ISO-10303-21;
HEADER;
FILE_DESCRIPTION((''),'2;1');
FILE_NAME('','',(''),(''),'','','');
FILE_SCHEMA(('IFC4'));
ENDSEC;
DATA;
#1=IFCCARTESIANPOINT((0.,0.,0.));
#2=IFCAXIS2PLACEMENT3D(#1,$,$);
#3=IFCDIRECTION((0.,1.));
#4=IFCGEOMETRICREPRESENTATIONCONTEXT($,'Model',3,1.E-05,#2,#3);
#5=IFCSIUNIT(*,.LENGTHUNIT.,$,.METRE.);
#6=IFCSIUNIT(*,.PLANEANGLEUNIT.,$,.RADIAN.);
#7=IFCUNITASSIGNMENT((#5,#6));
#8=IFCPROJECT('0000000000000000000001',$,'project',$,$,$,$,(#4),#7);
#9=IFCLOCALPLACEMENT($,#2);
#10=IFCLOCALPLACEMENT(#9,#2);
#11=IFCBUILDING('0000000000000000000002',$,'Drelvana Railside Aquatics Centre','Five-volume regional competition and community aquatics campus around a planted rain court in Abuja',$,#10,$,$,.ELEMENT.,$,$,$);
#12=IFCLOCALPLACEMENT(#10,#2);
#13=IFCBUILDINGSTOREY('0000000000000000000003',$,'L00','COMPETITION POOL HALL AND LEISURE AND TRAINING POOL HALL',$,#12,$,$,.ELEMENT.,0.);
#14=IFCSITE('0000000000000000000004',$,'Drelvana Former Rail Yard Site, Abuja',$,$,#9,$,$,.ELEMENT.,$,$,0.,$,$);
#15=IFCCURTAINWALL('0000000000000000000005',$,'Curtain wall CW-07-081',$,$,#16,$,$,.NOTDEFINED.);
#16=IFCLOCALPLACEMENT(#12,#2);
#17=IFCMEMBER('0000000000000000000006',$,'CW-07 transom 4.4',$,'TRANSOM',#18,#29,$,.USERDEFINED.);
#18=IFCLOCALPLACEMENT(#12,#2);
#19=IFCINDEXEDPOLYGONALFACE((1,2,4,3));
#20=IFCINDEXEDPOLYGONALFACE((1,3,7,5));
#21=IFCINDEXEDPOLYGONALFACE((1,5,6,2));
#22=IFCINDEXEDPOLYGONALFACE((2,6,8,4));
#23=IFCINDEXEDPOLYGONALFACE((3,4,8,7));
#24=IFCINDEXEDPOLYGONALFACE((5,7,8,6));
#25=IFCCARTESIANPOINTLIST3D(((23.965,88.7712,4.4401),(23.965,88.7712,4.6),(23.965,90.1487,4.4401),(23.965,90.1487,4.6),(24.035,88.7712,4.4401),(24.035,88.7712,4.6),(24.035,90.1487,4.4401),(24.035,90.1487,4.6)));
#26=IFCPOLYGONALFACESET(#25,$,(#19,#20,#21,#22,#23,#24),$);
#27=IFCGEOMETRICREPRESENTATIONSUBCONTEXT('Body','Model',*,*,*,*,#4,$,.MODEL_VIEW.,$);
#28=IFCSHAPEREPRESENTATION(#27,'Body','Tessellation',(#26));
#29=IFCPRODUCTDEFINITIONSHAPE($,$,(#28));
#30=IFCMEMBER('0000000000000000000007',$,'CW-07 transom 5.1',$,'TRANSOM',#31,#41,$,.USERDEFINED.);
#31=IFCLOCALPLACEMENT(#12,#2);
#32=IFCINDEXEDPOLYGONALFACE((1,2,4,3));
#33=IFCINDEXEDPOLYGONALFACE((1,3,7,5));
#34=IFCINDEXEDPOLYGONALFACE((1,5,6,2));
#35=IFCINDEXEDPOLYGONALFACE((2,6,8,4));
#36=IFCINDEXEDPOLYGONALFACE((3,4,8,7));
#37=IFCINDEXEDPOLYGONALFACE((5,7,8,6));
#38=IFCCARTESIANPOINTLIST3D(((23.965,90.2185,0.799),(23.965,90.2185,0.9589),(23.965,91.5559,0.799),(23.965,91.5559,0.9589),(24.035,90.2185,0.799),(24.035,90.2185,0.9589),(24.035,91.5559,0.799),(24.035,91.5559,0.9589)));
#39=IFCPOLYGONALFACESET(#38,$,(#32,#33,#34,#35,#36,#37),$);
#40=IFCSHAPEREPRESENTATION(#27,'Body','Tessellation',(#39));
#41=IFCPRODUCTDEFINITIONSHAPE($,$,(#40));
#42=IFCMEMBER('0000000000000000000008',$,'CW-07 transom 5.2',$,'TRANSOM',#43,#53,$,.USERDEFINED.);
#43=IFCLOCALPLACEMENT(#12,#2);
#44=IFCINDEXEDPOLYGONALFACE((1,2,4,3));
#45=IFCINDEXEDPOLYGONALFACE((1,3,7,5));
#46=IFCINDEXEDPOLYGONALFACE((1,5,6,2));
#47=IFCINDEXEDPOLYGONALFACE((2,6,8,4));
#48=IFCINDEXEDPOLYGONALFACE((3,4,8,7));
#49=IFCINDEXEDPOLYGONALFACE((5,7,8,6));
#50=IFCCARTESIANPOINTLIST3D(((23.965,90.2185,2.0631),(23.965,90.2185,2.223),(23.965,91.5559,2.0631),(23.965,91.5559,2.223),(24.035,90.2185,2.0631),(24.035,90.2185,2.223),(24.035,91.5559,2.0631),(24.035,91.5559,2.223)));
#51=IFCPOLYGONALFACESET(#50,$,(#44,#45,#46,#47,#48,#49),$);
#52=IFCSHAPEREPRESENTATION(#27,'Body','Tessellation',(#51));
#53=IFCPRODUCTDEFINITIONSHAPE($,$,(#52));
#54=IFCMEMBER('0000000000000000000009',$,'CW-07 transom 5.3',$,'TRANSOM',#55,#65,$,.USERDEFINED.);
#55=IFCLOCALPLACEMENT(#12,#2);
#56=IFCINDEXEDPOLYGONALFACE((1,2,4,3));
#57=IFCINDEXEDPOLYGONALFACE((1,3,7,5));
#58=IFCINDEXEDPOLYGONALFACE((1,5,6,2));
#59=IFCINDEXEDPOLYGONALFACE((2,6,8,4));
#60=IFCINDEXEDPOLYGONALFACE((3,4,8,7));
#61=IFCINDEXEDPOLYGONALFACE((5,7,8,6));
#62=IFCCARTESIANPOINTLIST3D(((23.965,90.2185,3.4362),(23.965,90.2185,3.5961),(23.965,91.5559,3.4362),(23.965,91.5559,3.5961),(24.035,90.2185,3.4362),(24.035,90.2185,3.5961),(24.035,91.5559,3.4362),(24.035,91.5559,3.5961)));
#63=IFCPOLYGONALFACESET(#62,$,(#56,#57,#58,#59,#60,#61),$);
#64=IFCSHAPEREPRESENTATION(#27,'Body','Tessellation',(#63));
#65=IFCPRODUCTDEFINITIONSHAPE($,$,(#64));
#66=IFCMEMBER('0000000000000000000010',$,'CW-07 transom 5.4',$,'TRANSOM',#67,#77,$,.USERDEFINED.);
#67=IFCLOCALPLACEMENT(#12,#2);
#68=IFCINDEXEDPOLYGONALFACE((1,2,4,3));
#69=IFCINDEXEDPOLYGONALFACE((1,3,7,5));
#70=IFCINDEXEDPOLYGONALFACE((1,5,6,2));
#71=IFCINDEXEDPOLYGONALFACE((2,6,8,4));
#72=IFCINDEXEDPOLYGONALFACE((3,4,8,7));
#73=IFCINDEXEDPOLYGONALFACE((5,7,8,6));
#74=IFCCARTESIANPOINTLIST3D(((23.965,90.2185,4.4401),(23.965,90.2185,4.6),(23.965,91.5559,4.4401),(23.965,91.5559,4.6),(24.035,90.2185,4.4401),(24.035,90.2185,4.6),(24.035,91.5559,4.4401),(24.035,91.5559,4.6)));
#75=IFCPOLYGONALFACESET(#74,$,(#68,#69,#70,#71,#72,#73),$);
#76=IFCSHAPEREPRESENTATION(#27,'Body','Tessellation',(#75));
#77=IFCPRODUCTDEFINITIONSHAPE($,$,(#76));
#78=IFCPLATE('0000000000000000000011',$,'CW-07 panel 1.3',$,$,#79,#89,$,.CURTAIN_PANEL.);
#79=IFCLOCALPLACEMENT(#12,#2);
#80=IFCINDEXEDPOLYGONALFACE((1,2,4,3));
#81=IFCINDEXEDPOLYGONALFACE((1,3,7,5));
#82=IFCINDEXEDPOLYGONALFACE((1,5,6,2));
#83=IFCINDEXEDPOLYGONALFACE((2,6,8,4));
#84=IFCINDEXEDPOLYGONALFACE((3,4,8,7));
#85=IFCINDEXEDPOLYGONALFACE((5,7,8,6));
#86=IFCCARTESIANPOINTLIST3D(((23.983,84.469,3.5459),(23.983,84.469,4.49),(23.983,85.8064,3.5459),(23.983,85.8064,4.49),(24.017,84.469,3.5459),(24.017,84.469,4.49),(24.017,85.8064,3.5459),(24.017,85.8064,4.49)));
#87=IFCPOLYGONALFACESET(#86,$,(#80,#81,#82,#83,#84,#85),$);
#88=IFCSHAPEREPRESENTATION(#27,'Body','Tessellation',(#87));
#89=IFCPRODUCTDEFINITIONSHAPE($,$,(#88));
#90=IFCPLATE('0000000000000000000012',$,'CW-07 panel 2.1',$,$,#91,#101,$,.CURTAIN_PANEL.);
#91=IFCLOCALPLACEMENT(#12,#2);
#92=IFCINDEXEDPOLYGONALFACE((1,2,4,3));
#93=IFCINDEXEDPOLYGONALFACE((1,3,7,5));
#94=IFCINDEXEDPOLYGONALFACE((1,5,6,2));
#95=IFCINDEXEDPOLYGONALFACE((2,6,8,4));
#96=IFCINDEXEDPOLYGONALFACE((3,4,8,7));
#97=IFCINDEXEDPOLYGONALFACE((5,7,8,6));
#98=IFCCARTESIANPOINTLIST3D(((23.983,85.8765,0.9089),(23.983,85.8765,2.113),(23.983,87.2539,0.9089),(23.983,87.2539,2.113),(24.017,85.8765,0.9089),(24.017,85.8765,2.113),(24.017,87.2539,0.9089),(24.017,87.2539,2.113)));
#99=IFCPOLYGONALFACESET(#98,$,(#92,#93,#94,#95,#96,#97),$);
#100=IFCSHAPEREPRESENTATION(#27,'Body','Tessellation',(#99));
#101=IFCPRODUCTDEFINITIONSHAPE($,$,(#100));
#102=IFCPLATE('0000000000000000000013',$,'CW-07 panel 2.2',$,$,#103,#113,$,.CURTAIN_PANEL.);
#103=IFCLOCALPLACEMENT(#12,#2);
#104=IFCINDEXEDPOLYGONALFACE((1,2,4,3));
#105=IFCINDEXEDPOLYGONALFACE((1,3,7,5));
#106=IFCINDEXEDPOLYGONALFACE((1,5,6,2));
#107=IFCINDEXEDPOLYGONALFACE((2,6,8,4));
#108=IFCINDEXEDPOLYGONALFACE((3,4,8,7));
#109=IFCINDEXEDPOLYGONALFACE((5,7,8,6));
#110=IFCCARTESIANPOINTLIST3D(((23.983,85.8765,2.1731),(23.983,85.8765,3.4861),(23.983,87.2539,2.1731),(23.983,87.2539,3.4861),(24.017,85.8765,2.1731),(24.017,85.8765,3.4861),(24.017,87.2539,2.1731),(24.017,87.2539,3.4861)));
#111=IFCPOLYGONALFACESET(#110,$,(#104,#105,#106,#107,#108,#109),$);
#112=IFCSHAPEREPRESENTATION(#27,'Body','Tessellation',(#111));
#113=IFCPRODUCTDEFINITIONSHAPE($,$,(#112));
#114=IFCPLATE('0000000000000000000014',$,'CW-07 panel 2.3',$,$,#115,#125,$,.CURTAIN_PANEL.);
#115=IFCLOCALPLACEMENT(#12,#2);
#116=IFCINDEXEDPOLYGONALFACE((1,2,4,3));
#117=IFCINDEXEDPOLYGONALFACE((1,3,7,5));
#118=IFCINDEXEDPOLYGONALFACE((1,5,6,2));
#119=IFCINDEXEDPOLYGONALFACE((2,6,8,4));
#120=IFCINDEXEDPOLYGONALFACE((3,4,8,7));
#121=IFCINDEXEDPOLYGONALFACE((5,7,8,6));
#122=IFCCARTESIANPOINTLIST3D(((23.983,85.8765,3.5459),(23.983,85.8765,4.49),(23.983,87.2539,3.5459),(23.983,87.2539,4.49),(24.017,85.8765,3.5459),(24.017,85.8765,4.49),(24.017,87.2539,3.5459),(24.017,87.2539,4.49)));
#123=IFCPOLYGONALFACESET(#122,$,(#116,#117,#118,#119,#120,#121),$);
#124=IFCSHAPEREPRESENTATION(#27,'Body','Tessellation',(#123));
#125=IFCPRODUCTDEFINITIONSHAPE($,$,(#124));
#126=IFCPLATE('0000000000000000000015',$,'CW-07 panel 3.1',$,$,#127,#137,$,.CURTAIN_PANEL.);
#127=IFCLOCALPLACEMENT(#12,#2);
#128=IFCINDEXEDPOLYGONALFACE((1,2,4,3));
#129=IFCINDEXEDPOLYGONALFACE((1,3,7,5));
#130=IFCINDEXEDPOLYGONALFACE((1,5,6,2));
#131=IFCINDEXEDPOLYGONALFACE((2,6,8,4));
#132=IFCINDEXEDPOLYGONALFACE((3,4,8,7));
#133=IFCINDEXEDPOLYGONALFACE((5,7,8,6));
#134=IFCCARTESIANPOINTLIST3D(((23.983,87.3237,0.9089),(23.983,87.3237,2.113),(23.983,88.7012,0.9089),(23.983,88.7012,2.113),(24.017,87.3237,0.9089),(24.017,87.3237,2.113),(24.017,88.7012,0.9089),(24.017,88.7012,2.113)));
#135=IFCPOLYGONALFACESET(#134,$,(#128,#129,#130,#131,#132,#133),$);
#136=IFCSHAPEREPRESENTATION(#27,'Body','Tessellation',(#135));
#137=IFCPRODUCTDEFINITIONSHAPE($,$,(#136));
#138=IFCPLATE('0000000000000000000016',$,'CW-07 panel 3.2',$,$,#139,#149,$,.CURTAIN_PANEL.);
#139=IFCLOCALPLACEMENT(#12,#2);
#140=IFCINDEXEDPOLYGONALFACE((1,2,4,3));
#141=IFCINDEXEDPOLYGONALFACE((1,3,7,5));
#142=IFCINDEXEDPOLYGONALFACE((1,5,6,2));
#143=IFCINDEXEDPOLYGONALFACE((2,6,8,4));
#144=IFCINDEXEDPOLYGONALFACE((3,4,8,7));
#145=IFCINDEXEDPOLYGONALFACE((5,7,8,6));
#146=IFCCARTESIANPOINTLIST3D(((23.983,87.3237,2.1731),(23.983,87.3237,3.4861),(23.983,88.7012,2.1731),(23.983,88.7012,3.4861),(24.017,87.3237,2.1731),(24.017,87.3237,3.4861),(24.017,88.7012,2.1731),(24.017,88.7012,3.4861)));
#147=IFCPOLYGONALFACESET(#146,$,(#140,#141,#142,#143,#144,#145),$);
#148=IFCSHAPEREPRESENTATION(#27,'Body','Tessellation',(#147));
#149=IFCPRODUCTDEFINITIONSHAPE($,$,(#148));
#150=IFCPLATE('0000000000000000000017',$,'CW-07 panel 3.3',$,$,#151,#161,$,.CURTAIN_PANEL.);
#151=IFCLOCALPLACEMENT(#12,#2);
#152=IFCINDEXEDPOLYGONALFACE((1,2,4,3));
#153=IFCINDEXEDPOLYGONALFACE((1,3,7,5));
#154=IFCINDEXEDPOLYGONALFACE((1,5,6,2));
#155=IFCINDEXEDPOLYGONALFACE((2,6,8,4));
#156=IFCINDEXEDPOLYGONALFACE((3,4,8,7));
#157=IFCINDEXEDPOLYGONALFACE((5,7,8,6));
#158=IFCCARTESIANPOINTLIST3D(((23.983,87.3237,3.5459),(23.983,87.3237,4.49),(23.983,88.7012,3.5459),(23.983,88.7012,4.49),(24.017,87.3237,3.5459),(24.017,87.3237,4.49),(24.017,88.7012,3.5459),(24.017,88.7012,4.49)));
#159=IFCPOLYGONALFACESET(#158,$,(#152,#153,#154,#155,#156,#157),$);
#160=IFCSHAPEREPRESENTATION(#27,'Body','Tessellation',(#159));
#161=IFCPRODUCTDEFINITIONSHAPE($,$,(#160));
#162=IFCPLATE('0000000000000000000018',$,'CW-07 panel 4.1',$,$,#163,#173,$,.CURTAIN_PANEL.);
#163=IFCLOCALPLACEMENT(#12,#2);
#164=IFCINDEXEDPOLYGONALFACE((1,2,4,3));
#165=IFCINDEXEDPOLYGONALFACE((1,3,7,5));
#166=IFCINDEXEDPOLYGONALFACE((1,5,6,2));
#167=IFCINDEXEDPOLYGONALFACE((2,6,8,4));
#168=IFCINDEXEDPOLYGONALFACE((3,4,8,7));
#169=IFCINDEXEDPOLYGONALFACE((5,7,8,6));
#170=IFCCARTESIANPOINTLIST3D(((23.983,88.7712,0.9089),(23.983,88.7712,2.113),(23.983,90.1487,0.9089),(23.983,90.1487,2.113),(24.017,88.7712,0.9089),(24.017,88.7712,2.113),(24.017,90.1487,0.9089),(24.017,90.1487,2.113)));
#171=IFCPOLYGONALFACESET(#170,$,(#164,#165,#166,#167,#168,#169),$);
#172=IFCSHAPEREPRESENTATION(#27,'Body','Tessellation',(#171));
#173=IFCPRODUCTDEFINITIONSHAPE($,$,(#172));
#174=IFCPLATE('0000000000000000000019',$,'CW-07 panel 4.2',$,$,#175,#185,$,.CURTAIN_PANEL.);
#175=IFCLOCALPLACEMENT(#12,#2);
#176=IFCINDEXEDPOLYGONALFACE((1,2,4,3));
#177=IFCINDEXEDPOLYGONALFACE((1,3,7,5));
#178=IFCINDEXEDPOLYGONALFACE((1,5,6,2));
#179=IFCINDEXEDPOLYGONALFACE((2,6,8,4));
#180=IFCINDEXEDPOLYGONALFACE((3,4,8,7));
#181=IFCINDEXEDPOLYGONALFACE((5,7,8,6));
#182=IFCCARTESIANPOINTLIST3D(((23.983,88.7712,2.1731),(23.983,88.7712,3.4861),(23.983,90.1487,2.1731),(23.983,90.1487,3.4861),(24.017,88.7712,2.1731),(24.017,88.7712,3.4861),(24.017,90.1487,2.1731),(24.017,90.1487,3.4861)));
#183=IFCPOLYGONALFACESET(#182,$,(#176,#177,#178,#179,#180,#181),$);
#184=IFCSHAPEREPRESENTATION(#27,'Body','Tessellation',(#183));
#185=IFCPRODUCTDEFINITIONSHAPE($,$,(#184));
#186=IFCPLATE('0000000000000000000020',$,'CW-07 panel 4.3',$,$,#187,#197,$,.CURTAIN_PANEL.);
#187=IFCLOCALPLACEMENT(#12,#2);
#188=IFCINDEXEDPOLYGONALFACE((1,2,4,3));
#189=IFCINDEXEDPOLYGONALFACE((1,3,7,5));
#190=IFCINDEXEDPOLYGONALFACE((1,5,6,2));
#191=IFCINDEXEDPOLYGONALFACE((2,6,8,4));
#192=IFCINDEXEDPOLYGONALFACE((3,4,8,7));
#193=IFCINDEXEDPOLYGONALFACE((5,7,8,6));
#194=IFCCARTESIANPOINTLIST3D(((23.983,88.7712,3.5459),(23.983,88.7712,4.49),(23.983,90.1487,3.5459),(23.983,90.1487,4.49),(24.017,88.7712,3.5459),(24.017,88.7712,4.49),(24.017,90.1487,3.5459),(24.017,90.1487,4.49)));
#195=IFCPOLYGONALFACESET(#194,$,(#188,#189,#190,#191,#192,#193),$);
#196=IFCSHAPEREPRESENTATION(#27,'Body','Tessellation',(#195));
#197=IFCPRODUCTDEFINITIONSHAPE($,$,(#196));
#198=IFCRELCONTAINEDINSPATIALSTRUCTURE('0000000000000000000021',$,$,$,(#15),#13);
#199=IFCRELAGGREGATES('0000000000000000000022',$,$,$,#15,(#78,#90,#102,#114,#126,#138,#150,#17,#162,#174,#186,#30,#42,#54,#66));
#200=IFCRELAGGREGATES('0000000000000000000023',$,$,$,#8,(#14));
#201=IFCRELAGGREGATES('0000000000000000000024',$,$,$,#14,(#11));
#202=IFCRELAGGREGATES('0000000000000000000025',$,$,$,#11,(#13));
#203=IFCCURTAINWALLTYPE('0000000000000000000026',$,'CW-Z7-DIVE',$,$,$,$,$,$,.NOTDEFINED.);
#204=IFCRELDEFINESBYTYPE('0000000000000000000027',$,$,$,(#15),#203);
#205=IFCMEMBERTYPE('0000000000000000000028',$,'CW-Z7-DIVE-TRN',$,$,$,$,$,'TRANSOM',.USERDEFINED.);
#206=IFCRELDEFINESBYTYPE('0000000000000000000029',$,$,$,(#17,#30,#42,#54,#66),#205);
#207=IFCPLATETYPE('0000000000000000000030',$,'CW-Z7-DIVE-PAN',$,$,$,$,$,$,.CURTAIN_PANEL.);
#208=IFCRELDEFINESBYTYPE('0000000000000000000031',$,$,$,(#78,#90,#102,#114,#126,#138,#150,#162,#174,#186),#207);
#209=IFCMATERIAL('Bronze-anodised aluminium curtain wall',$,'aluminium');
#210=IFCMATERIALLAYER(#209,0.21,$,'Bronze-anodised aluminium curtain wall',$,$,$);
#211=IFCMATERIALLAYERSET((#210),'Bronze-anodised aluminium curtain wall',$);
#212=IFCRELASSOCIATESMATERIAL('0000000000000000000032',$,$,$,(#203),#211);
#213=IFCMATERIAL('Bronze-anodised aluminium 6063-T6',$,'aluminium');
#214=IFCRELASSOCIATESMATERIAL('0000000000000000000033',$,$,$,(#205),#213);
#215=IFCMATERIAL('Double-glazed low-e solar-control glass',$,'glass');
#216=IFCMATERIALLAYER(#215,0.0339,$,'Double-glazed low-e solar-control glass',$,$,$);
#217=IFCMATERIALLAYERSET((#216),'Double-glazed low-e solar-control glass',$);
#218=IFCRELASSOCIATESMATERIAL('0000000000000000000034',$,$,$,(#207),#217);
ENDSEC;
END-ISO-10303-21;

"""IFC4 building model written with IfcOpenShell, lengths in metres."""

from ifc_helpers import new_model, si_unit, direction, frame, origin, origin_2d, place, context, subcontext, project, spatial, rectangle, extrude, material, layer, layer_set, material_profile, profile_set, type_object, element, aggregate, save


model = new_model("IFC4")

# Units and contexts
model_context = context("Model", 3, precision=1e-05, world=origin(), true_north=direction((0.0, 1.0)))
body_context = subcontext(model_context, "Body", "Model", "MODEL_VIEW")
ifc_project = project(units=[si_unit("LENGTHUNIT", "METRE"), si_unit("PLANEANGLEUNIT", "RADIAN")], contexts=[model_context])

# Site, building, storey
site_placement = place(None, origin())
site = spatial("IfcSite", under=ifc_project, at=site_placement, Name="Drelvana Former Rail Yard Site, Abuja", CompositionType="ELEMENT", RefElevation=0.0)
building_placement = place(site_placement, origin())
building = spatial("IfcBuilding", under=site, at=building_placement, Name="Drelvana Railside Aquatics Centre", Description="Five-volume regional competition and community aquatics campus around a planted rain court in Abuja", CompositionType="ELEMENT")
storey_placement = place(building_placement, origin())
storey = spatial("IfcBuildingStorey", under=building, at=storey_placement, Name="L00", Description="COMPETITION POOL HALL AND LEISURE AND TRAINING POOL HALL", CompositionType="ELEMENT", Elevation=0.0)

# Curtain wall, members, plates
ifc_material_1 = material(Name="Bronze-anodised aluminium curtain wall", Category="aluminium")
ifc_layer_1 = layer(ifc_material_1, 0.21, Name="Bronze-anodised aluminium curtain wall")
ifc_layer_set_1 = layer_set([ifc_layer_1], Name="Bronze-anodised aluminium curtain wall")
curtain_wall_type = type_object("IfcCurtainWallType", Name="CW-Z7-DIVE", PredefinedType="NOTDEFINED", material=ifc_layer_set_1)
curtain_wall_placement = place(storey_placement, origin())
curtain_wall = element("IfcCurtainWall", 1, at=curtain_wall_placement, inside=storey, type_object=curtain_wall_type, Name="Curtain wall CW-07-081", PredefinedType="NOTDEFINED")
ifc_material_2 = material(Name="Bronze-anodised aluminium 6063-T6", Category="aluminium")
ifc_material_profile_1 = material_profile(ifc_material_2, rectangle(XDim=0.1599, YDim=0.0701, at=origin_2d()), Name="ALU-T 70x160")
ifc_profile_set_1 = profile_set([ifc_material_profile_1], Name="Bronze-anodised aluminium 6063-T6")
member_type_1 = type_object("IfcMemberType", Name="CW-Z7-DIVE-TRN", ElementType="TRANSOM", PredefinedType="USERDEFINED", material=ifc_profile_set_1)
member_1_placement = place(storey_placement, frame((24.0, 88.7712, 4.52), z_axis=(0.0, 1.0, 0.0), x_axis=(0.0, 0.0, 1.0)))
member_1 = element("IfcMember", 2, at=member_1_placement, type_object=member_type_1, Name="CW-07 transom 4.4", ObjectType="TRANSOM", PredefinedType="USERDEFINED", context=body_context, shape_type="SweptSolid", body=[
    extrude(rectangle(XDim=0.1599, YDim=0.0701, at=origin_2d()), origin(), (0.0, 0.0, 1.0), 1.3774),
])
member_2_placement = place(storey_placement, frame((24.0, 90.2185, 0.8789), z_axis=(0.0, 1.0, 0.0), x_axis=(0.0, 0.0, 1.0)))
member_2 = element("IfcMember", 3, at=member_2_placement, type_object=member_type_1, Name="CW-07 transom 5.1", ObjectType="TRANSOM", PredefinedType="USERDEFINED", context=body_context, shape_type="SweptSolid", body=[
    extrude(rectangle(XDim=0.1599, YDim=0.0701, at=origin_2d()), origin(), (0.0, 0.0, 1.0), 1.3374),
])
member_3_placement = place(storey_placement, frame((24.0, 90.2185, 2.1431), z_axis=(0.0, 1.0, 0.0), x_axis=(0.0, 0.0, 1.0)))
member_3 = element("IfcMember", 4, at=member_3_placement, type_object=member_type_1, Name="CW-07 transom 5.2", ObjectType="TRANSOM", PredefinedType="USERDEFINED", context=body_context, shape_type="SweptSolid", body=[
    extrude(rectangle(XDim=0.1599, YDim=0.0701, at=origin_2d()), origin(), (0.0, 0.0, 1.0), 1.3374),
])
member_4_placement = place(storey_placement, frame((24.0, 90.2185, 3.5161), z_axis=(0.0, 1.0, 0.0), x_axis=(0.0, 0.0, 1.0)))
member_4 = element("IfcMember", 5, at=member_4_placement, type_object=member_type_1, Name="CW-07 transom 5.3", ObjectType="TRANSOM", PredefinedType="USERDEFINED", context=body_context, shape_type="SweptSolid", body=[
    extrude(rectangle(XDim=0.1599, YDim=0.0701, at=origin_2d()), origin(), (0.0, 0.0, 1.0), 1.3374),
])
member_5_placement = place(storey_placement, frame((24.0, 90.2185, 4.52), z_axis=(0.0, 1.0, 0.0), x_axis=(0.0, 0.0, 1.0)))
member_5 = element("IfcMember", 6, at=member_5_placement, type_object=member_type_1, Name="CW-07 transom 5.4", ObjectType="TRANSOM", PredefinedType="USERDEFINED", context=body_context, shape_type="SweptSolid", body=[
    extrude(rectangle(XDim=0.1599, YDim=0.0701, at=origin_2d()), origin(), (0.0, 0.0, 1.0), 1.3374),
])
ifc_material_3 = material(Name="Double-glazed low-e solar-control glass", Category="glass")
ifc_layer_2 = layer(ifc_material_3, 0.0339, Name="Double-glazed low-e solar-control glass")
ifc_layer_set_2 = layer_set([ifc_layer_2], Name="Double-glazed low-e solar-control glass")
plate_type = type_object("IfcPlateType", Name="CW-Z7-DIVE-PAN", PredefinedType="CURTAIN_PANEL", material=ifc_layer_set_2)
plate_1_placement = place(storey_placement, frame((24.0, 85.1377, 3.5459), z_axis=(0.0, 0.0, 1.0), x_axis=(0.0, 1.0, 0.0)))
plate_1 = element("IfcPlate", 7, at=plate_1_placement, type_object=plate_type, Name="CW-07 panel 1.3", PredefinedType="CURTAIN_PANEL", context=body_context, shape_type="SweptSolid", body=[
    extrude(rectangle(XDim=1.3374, YDim=0.0339, at=origin_2d()), origin(), (0.0, 0.0, 1.0), 0.9441),
])
plate_2_placement = place(storey_placement, frame((24.0, 86.5652, 0.9089), z_axis=(0.0, 0.0, 1.0), x_axis=(0.0, 1.0, 0.0)))
plate_2 = element("IfcPlate", 8, at=plate_2_placement, type_object=plate_type, Name="CW-07 panel 2.1", PredefinedType="CURTAIN_PANEL", context=body_context, shape_type="SweptSolid", body=[
    extrude(rectangle(XDim=1.3774, YDim=0.0339, at=origin_2d()), origin(), (0.0, 0.0, 1.0), 1.2041),
])
plate_3_placement = place(storey_placement, frame((24.0, 86.5652, 2.1731), z_axis=(0.0, 0.0, 1.0), x_axis=(0.0, 1.0, 0.0)))
plate_3 = element("IfcPlate", 9, at=plate_3_placement, type_object=plate_type, Name="CW-07 panel 2.2", PredefinedType="CURTAIN_PANEL", context=body_context, shape_type="SweptSolid", body=[
    extrude(rectangle(XDim=1.3774, YDim=0.0339, at=origin_2d()), origin(), (0.0, 0.0, 1.0), 1.313),
])
plate_4_placement = place(storey_placement, frame((24.0, 86.5652, 3.5459), z_axis=(0.0, 0.0, 1.0), x_axis=(0.0, 1.0, 0.0)))
plate_4 = element("IfcPlate", 10, at=plate_4_placement, type_object=plate_type, Name="CW-07 panel 2.3", PredefinedType="CURTAIN_PANEL", context=body_context, shape_type="SweptSolid", body=[
    extrude(rectangle(XDim=1.3774, YDim=0.0339, at=origin_2d()), origin(), (0.0, 0.0, 1.0), 0.9441),
])
plate_5_placement = place(storey_placement, frame((24.0, 88.0125, 0.9089), z_axis=(0.0, 0.0, 1.0), x_axis=(0.0, 1.0, 0.0)))
plate_5 = element("IfcPlate", 11, at=plate_5_placement, type_object=plate_type, Name="CW-07 panel 3.1", PredefinedType="CURTAIN_PANEL", context=body_context, shape_type="SweptSolid", body=[
    extrude(rectangle(XDim=1.3774, YDim=0.0339, at=origin_2d()), origin(), (0.0, 0.0, 1.0), 1.2041),
])
plate_6_placement = place(storey_placement, frame((24.0, 88.0125, 2.1731), z_axis=(0.0, 0.0, 1.0), x_axis=(0.0, 1.0, 0.0)))
plate_6 = element("IfcPlate", 12, at=plate_6_placement, type_object=plate_type, Name="CW-07 panel 3.2", PredefinedType="CURTAIN_PANEL", context=body_context, shape_type="SweptSolid", body=[
    extrude(rectangle(XDim=1.3774, YDim=0.0339, at=origin_2d()), origin(), (0.0, 0.0, 1.0), 1.313),
])
plate_7_placement = place(storey_placement, frame((24.0, 88.0125, 3.5459), z_axis=(0.0, 0.0, 1.0), x_axis=(0.0, 1.0, 0.0)))
plate_7 = element("IfcPlate", 13, at=plate_7_placement, type_object=plate_type, Name="CW-07 panel 3.3", PredefinedType="CURTAIN_PANEL", context=body_context, shape_type="SweptSolid", body=[
    extrude(rectangle(XDim=1.3774, YDim=0.0339, at=origin_2d()), origin(), (0.0, 0.0, 1.0), 0.9441),
])
plate_8_placement = place(storey_placement, frame((24.0, 89.46, 0.9089), z_axis=(0.0, 0.0, 1.0), x_axis=(0.0, 1.0, 0.0)))
plate_8 = element("IfcPlate", 14, at=plate_8_placement, type_object=plate_type, Name="CW-07 panel 4.1", PredefinedType="CURTAIN_PANEL", context=body_context, shape_type="SweptSolid", body=[
    extrude(rectangle(XDim=1.3774, YDim=0.0339, at=origin_2d()), origin(), (0.0, 0.0, 1.0), 1.2041),
])
plate_9_placement = place(storey_placement, frame((24.0, 89.46, 2.1731), z_axis=(0.0, 0.0, 1.0), x_axis=(0.0, 1.0, 0.0)))
plate_9 = element("IfcPlate", 15, at=plate_9_placement, type_object=plate_type, Name="CW-07 panel 4.2", PredefinedType="CURTAIN_PANEL", context=body_context, shape_type="SweptSolid", body=[
    extrude(rectangle(XDim=1.3774, YDim=0.0339, at=origin_2d()), origin(), (0.0, 0.0, 1.0), 1.313),
])
plate_10_placement = place(storey_placement, frame((24.0, 89.46, 3.5459), z_axis=(0.0, 0.0, 1.0), x_axis=(0.0, 1.0, 0.0)))
plate_10 = element("IfcPlate", 16, at=plate_10_placement, type_object=plate_type, Name="CW-07 panel 4.3", PredefinedType="CURTAIN_PANEL", context=body_context, shape_type="SweptSolid", body=[
    extrude(rectangle(XDim=1.3774, YDim=0.0339, at=origin_2d()), origin(), (0.0, 0.0, 1.0), 0.9441),
])
aggregate(curtain_wall, [plate_1, plate_2, plate_3, plate_4, plate_5, plate_6, plate_7, member_1, plate_8, plate_9, plate_10, member_2, member_3, member_4, member_5])

save(model, "model.ifc")
